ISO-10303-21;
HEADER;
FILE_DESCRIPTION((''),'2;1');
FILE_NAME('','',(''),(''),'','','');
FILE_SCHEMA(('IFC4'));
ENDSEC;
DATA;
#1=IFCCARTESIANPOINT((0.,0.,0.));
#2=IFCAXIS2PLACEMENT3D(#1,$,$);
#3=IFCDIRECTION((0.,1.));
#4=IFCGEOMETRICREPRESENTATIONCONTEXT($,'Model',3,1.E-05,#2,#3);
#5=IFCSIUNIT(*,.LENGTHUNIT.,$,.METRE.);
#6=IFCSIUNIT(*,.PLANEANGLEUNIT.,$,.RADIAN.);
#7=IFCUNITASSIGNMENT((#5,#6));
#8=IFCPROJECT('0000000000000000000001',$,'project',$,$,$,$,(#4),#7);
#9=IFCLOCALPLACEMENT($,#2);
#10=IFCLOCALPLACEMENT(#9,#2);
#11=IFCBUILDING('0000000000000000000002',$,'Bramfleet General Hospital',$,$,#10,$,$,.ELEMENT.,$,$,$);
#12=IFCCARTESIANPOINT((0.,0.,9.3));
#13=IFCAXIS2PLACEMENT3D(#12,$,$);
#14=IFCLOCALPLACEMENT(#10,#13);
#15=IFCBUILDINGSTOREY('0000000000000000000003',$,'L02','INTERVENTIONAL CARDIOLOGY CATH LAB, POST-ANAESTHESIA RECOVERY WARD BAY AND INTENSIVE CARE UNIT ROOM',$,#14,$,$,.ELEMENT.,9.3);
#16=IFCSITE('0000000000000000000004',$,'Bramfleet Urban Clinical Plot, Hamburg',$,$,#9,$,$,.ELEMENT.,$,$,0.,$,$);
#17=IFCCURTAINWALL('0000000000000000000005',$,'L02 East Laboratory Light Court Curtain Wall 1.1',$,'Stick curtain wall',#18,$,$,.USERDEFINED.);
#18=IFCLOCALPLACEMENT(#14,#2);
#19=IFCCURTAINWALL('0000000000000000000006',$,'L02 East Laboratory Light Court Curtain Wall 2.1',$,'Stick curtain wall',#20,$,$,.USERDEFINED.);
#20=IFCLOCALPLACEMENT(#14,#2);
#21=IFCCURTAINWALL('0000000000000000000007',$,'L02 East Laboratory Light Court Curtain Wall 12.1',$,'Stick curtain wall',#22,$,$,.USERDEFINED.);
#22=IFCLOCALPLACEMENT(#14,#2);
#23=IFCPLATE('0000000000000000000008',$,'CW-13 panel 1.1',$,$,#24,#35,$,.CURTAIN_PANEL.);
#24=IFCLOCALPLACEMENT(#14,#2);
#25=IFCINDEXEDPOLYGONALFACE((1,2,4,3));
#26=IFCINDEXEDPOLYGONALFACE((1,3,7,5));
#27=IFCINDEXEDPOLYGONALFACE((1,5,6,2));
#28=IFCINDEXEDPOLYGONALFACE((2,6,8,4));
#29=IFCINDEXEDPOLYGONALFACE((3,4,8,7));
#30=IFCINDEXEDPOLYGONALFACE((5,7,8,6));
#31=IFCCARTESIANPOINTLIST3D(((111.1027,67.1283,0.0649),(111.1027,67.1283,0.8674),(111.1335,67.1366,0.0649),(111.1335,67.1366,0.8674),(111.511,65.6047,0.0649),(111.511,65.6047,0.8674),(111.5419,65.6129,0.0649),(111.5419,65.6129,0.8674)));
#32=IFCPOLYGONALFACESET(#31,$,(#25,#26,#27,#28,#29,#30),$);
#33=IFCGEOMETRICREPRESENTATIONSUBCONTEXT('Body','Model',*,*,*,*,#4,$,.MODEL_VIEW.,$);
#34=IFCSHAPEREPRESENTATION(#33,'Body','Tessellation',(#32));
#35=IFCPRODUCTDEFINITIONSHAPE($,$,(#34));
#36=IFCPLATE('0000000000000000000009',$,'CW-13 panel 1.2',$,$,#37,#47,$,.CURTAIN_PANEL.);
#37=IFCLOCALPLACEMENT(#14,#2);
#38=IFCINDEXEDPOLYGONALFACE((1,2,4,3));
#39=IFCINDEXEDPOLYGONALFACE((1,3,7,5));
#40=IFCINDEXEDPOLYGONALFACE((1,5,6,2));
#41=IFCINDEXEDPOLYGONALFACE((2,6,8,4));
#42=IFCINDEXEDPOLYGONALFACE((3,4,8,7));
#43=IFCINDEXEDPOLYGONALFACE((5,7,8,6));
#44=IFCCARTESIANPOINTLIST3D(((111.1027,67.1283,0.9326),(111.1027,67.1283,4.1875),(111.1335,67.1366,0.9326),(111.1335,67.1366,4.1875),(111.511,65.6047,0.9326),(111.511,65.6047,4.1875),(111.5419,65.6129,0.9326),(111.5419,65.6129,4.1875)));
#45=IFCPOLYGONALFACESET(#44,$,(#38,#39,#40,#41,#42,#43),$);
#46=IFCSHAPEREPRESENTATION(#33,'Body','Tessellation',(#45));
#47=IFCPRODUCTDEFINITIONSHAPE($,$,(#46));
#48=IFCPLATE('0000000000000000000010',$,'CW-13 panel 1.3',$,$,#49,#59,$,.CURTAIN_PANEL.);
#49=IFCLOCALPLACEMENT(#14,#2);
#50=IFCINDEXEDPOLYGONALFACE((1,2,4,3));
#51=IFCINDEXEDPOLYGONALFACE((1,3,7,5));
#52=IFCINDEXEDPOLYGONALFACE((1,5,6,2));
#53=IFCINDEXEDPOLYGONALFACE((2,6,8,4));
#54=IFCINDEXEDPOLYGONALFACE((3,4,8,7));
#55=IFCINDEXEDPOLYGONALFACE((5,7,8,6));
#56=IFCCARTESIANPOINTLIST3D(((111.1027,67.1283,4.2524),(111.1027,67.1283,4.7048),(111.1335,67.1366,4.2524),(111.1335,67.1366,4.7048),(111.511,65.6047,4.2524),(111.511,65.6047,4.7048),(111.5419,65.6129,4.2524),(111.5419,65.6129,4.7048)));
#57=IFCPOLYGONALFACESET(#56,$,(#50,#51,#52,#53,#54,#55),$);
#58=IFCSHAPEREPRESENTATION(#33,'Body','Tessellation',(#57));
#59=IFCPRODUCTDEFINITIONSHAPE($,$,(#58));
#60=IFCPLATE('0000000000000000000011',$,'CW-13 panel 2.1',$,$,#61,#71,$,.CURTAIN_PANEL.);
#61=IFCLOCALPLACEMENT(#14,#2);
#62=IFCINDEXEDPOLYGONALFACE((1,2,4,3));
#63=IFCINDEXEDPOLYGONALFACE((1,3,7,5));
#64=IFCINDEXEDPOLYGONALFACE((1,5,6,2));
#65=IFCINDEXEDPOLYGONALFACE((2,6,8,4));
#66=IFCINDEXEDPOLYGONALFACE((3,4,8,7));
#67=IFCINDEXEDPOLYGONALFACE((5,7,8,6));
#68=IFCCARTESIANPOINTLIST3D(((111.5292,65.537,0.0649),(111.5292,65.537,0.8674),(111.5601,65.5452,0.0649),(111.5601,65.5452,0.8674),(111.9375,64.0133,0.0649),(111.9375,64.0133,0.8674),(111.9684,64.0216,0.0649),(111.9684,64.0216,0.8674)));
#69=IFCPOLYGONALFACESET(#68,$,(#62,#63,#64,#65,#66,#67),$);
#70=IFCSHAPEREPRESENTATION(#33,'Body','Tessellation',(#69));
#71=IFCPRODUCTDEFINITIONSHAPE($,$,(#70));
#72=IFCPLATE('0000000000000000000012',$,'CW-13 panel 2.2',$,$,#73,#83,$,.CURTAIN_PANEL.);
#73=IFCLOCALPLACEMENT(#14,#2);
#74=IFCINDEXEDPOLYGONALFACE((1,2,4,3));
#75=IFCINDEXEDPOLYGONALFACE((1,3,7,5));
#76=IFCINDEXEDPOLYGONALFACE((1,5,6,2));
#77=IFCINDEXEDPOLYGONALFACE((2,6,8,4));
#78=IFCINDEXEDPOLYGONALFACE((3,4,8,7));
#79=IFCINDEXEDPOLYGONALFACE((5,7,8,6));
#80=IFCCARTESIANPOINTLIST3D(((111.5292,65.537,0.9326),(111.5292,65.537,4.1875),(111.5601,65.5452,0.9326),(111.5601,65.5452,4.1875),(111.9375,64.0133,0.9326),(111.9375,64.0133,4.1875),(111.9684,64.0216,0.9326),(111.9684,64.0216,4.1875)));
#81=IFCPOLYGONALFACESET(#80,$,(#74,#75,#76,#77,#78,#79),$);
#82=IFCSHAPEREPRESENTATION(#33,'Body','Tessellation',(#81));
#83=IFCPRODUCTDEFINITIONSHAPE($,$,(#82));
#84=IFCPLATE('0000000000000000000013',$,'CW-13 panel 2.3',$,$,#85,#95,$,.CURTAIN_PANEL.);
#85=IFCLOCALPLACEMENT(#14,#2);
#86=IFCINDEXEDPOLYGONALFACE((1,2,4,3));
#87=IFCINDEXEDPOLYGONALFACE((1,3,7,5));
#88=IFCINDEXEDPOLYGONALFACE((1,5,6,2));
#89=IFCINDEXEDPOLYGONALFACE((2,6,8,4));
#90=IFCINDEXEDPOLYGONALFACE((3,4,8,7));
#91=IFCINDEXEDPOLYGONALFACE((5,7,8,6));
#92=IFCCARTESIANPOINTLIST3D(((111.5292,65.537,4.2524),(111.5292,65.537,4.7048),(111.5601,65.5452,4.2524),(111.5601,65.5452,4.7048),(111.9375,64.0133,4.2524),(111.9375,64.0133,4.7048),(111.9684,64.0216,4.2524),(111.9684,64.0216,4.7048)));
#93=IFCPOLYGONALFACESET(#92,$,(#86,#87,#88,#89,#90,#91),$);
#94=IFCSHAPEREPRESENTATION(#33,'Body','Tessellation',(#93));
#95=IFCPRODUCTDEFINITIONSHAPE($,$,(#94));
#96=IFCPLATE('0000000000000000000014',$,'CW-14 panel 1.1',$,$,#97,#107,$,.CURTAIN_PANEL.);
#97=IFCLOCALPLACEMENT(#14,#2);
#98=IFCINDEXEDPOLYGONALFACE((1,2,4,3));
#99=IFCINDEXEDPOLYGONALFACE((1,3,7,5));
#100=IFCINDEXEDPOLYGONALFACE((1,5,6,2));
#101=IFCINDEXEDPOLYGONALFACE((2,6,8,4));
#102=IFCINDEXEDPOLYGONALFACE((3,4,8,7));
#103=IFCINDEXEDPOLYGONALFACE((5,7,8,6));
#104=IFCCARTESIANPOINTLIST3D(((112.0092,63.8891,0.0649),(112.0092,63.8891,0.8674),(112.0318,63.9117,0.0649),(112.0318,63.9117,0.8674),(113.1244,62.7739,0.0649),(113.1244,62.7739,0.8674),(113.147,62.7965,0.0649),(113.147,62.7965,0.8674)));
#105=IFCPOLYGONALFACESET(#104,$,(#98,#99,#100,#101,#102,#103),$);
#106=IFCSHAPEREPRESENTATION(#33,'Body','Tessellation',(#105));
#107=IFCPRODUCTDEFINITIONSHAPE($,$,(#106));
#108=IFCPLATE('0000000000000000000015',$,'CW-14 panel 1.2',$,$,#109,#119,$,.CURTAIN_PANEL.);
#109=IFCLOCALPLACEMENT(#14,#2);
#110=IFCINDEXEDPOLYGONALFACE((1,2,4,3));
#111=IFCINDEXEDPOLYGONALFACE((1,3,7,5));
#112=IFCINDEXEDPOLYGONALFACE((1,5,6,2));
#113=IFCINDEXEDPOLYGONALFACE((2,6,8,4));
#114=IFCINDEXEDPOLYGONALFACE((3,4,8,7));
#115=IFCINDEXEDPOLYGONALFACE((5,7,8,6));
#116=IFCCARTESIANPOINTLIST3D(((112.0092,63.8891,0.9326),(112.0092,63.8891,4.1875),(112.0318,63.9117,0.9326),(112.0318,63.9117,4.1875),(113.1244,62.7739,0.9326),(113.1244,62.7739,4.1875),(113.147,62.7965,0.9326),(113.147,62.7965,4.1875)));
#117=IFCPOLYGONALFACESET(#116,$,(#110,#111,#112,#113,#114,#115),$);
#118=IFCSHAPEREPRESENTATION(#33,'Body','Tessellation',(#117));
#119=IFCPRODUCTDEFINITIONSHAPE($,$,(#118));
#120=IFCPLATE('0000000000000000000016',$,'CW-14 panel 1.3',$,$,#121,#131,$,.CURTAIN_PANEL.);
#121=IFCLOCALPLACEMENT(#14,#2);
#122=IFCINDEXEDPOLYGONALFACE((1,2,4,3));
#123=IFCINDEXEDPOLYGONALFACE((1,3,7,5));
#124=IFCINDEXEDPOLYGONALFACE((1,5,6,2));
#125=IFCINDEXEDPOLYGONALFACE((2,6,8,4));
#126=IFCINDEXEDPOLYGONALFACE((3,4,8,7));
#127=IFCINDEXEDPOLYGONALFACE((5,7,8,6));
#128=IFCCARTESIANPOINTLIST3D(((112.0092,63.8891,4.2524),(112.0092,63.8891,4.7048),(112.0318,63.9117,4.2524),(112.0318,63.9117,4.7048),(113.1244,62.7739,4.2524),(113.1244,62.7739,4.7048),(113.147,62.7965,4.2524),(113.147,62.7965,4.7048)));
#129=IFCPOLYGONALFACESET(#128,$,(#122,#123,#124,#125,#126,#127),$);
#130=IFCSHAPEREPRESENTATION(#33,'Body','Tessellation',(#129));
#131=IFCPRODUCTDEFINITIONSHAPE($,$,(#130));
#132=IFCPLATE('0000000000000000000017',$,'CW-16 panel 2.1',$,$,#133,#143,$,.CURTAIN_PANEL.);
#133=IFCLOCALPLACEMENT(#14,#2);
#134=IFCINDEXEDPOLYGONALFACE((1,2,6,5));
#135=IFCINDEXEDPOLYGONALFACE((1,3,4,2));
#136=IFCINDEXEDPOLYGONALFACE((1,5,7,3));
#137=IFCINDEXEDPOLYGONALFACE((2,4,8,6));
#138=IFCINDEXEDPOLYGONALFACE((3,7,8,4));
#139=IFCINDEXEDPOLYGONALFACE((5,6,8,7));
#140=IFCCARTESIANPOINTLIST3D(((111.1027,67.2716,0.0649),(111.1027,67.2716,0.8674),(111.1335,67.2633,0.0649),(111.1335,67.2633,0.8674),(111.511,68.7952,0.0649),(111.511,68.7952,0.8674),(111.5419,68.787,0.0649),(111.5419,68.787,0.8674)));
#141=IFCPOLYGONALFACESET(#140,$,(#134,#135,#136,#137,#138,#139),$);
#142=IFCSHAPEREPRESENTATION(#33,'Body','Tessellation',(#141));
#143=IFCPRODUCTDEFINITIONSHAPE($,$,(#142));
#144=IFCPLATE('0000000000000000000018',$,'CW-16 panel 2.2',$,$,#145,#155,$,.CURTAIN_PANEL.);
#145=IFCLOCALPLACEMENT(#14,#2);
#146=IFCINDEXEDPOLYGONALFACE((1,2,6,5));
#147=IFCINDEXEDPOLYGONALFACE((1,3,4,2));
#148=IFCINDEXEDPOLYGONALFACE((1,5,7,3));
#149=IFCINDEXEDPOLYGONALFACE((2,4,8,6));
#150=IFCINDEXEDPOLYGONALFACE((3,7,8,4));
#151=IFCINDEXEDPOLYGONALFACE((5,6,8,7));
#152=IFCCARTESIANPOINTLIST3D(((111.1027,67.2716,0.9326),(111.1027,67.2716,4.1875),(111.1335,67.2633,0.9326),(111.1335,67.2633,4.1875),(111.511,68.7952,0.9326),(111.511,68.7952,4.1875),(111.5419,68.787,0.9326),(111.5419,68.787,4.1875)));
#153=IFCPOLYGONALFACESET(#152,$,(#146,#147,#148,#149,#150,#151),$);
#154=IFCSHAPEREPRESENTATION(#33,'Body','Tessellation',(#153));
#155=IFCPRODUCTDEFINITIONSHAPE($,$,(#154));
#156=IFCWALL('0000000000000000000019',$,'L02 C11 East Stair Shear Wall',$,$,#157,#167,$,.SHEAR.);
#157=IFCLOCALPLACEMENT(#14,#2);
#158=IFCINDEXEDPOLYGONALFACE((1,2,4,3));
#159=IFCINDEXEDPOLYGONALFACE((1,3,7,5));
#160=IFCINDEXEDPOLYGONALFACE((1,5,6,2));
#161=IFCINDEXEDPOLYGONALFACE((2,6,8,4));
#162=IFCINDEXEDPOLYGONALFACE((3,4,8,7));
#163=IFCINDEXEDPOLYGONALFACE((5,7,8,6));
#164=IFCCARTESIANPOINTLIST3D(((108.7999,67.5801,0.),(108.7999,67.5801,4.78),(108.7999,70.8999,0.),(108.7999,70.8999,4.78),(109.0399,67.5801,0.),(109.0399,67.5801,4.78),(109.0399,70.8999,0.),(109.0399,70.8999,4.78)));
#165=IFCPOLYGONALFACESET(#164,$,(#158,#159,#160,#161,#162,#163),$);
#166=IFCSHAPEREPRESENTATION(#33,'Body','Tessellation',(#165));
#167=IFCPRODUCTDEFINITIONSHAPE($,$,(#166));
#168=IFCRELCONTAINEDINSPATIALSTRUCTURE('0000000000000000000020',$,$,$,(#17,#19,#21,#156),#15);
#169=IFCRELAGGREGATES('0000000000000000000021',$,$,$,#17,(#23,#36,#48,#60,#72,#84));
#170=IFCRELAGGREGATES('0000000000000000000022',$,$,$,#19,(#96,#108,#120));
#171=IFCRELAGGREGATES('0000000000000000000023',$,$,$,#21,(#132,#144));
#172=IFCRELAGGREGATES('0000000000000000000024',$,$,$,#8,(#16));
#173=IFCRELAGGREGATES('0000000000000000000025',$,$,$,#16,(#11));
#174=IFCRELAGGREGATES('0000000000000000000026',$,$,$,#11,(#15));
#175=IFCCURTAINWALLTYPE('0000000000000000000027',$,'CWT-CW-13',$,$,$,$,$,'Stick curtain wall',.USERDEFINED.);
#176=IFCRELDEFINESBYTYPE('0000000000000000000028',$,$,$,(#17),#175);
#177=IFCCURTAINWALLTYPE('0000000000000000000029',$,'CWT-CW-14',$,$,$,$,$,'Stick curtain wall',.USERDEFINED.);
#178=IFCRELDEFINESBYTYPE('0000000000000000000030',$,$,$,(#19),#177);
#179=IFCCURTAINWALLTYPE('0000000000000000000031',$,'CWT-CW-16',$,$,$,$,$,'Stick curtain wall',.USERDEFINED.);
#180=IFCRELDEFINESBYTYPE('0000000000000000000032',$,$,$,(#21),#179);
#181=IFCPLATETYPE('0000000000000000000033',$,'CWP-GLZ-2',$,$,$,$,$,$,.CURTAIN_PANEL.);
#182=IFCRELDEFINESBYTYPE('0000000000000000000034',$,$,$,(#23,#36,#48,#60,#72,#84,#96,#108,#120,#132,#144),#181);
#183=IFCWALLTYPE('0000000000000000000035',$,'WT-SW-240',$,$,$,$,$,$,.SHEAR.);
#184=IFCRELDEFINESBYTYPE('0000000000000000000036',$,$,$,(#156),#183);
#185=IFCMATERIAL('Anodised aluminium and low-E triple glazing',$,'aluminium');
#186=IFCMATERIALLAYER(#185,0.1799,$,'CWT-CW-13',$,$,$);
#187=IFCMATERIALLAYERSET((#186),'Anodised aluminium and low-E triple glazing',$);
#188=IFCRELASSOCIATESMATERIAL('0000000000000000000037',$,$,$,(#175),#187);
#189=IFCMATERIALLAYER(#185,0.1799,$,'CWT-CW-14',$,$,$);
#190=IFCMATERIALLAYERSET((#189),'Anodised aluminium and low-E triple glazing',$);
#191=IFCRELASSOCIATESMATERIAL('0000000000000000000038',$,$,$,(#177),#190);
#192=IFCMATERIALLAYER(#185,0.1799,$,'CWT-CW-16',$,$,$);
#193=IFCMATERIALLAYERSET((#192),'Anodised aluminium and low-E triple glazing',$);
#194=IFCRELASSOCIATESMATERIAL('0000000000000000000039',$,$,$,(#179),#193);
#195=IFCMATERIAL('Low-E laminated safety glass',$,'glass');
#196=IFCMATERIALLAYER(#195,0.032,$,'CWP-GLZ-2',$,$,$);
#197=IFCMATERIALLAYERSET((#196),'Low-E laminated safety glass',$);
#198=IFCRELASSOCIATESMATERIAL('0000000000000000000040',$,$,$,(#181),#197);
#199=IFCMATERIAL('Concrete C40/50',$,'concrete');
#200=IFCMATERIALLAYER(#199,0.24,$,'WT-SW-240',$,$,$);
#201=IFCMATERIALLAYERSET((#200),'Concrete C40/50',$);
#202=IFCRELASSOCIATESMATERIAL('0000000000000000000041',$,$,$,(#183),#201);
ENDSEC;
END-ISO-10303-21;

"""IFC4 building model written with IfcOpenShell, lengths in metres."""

from ifc_helpers import new_model, si_unit, direction, frame, frame_2d, origin, origin_2d, place, context, subcontext, project, spatial, rectangle, extrude, material, layer, layer_set, type_object, element, aggregate, save


model = new_model("IFC4")

# Units and contexts
model_context = context("Model", 3, precision=1e-05, world=origin(), true_north=direction((0.0, 1.0)))
body_context = subcontext(model_context, "Body", "Model", "MODEL_VIEW")
ifc_project = project(units=[si_unit("LENGTHUNIT", "METRE"), si_unit("PLANEANGLEUNIT", "RADIAN")], contexts=[model_context])

# Site, building, storey
site_placement = place(None, origin())
site = spatial("IfcSite", under=ifc_project, at=site_placement, Name="Bramfleet Urban Clinical Plot, Hamburg", CompositionType="ELEMENT", RefElevation=0.0)
building_placement = place(site_placement, origin())
building = spatial("IfcBuilding", under=site, at=building_placement, Name="Bramfleet General Hospital", CompositionType="ELEMENT")
storey_placement = place(building_placement, frame((0.0, 0.0, 9.3)))
storey = spatial("IfcBuildingStorey", under=building, at=storey_placement, Name="L02", Description="INTERVENTIONAL CARDIOLOGY CATH LAB, POST-ANAESTHESIA RECOVERY WARD BAY AND INTENSIVE CARE UNIT ROOM", CompositionType="ELEMENT", Elevation=9.3)

# Shared definitions
ifc_material_1 = material(Name="Concrete C40/50", Category="concrete")

# Curtain walls
ifc_material_2 = material(Name="Anodised aluminium and low-E triple glazing", Category="aluminium")
ifc_layer_1 = layer(ifc_material_2, 0.1799, Name="CWT-CW-13")
ifc_layer_set_1 = layer_set([ifc_layer_1], Name="Anodised aluminium and low-E triple glazing")
curtain_wall_type_1 = type_object("IfcCurtainWallType", Name="CWT-CW-13", ElementType="Stick curtain wall", PredefinedType="USERDEFINED", material=ifc_layer_set_1)
curtain_wall_1_placement = place(storey_placement, origin())
curtain_wall_1 = element("IfcCurtainWall", 1, at=curtain_wall_1_placement, inside=storey, type_object=curtain_wall_type_1, Name="L02 East Laboratory Light Court Curtain Wall 1.1", ObjectType="Stick curtain wall", PredefinedType="USERDEFINED")
ifc_layer_2 = layer(ifc_material_2, 0.1799, Name="CWT-CW-14")
ifc_layer_set_2 = layer_set([ifc_layer_2], Name="Anodised aluminium and low-E triple glazing")
curtain_wall_type_2 = type_object("IfcCurtainWallType", Name="CWT-CW-14", ElementType="Stick curtain wall", PredefinedType="USERDEFINED", material=ifc_layer_set_2)
curtain_wall_2_placement = place(storey_placement, origin())
curtain_wall_2 = element("IfcCurtainWall", 2, at=curtain_wall_2_placement, inside=storey, type_object=curtain_wall_type_2, Name="L02 East Laboratory Light Court Curtain Wall 2.1", ObjectType="Stick curtain wall", PredefinedType="USERDEFINED")

# Curtain wall
ifc_layer_3 = layer(ifc_material_2, 0.1799, Name="CWT-CW-16")
ifc_layer_set_3 = layer_set([ifc_layer_3], Name="Anodised aluminium and low-E triple glazing")
curtain_wall_type_3 = type_object("IfcCurtainWallType", Name="CWT-CW-16", ElementType="Stick curtain wall", PredefinedType="USERDEFINED", material=ifc_layer_set_3)
curtain_wall_3_placement = place(storey_placement, origin())
curtain_wall_3 = element("IfcCurtainWall", 3, at=curtain_wall_3_placement, inside=storey, type_object=curtain_wall_type_3, Name="L02 East Laboratory Light Court Curtain Wall 12.1", ObjectType="Stick curtain wall", PredefinedType="USERDEFINED")

# Plates
ifc_material_3 = material(Name="Low-E laminated safety glass", Category="glass")
ifc_layer_4 = layer(ifc_material_3, 0.032, Name="CWP-GLZ-2")
ifc_layer_set_4 = layer_set([ifc_layer_4], Name="Low-E laminated safety glass")
plate_type = type_object("IfcPlateType", Name="CWP-GLZ-2", PredefinedType="CURTAIN_PANEL", material=ifc_layer_set_4)
plate_1_placement = place(storey_placement, frame((111.3223, 66.3706, 0.0649), z_axis=(0.0, 0.0, 1.0), x_axis=(0.258865, -0.965914, 0.0)))
plate_1 = element("IfcPlate", 4, at=plate_1_placement, type_object=plate_type, Name="CW-13 panel 1.1", PredefinedType="CURTAIN_PANEL", context=body_context, shape_type="SweptSolid", body=[
    extrude(rectangle(XDim=1.5774, YDim=0.032, at=origin_2d()), origin(), (0.0, 0.0, 1.0), 0.8025),
])
plate_2_placement = place(storey_placement, frame((111.3223, 66.3706, 0.9326), z_axis=(0.0, 0.0, 1.0), x_axis=(0.258865, -0.965914, 0.0)))
plate_2 = element("IfcPlate", 5, at=plate_2_placement, type_object=plate_type, Name="CW-13 panel 1.2", PredefinedType="CURTAIN_PANEL", context=body_context, shape_type="SweptSolid", body=[
    extrude(rectangle(XDim=1.5774, YDim=0.032, at=origin_2d()), origin(), (0.0, 0.0, 1.0), 3.2549),
])
plate_3_placement = place(storey_placement, frame((111.3223, 66.3706, 4.2524), z_axis=(0.0, 0.0, 1.0), x_axis=(0.258865, -0.965914, 0.0)))
plate_3 = element("IfcPlate", 6, at=plate_3_placement, type_object=plate_type, Name="CW-13 panel 1.3", PredefinedType="CURTAIN_PANEL", context=body_context, shape_type="SweptSolid", body=[
    extrude(rectangle(XDim=1.5774, YDim=0.032, at=origin_2d()), origin(), (0.0, 0.0, 1.0), 0.4524),
])
plate_4_placement = place(storey_placement, frame((111.7488, 64.7793, 0.0649), z_axis=(0.0, 0.0, 1.0), x_axis=(0.258865, -0.965914, 0.0)))
plate_4 = element("IfcPlate", 7, at=plate_4_placement, type_object=plate_type, Name="CW-13 panel 2.1", PredefinedType="CURTAIN_PANEL", context=body_context, shape_type="SweptSolid", body=[
    extrude(rectangle(XDim=1.5774, YDim=0.032, at=origin_2d()), origin(), (0.0, 0.0, 1.0), 0.8025),
])
plate_5_placement = place(storey_placement, frame((111.7488, 64.7793, 0.9326), z_axis=(0.0, 0.0, 1.0), x_axis=(0.258865, -0.965914, 0.0)))
plate_5 = element("IfcPlate", 8, at=plate_5_placement, type_object=plate_type, Name="CW-13 panel 2.2", PredefinedType="CURTAIN_PANEL", context=body_context, shape_type="SweptSolid", body=[
    extrude(rectangle(XDim=1.5774, YDim=0.032, at=origin_2d()), origin(), (0.0, 0.0, 1.0), 3.2549),
])
plate_6_placement = place(storey_placement, frame((111.7488, 64.7793, 4.2524), z_axis=(0.0, 0.0, 1.0), x_axis=(0.258865, -0.965914, 0.0)))
plate_6 = element("IfcPlate", 9, at=plate_6_placement, type_object=plate_type, Name="CW-13 panel 2.3", PredefinedType="CURTAIN_PANEL", context=body_context, shape_type="SweptSolid", body=[
    extrude(rectangle(XDim=1.5774, YDim=0.032, at=origin_2d()), origin(), (0.0, 0.0, 1.0), 0.4524),
])
aggregate(curtain_wall_1, [plate_1, plate_2, plate_3, plate_4, plate_5, plate_6])
plate_7_placement = place(storey_placement, frame((112.5781, 63.3428, 0.0649), z_axis=(0.0, 0.0, 1.0), x_axis=(0.707107, -0.707107, 0.0)))
plate_7 = element("IfcPlate", 10, at=plate_7_placement, type_object=plate_type, Name="CW-14 panel 1.1", PredefinedType="CURTAIN_PANEL", context=body_context, shape_type="SweptSolid", body=[
    extrude(rectangle(XDim=1.5771, YDim=0.032, at=origin_2d()), origin(), (0.0, 0.0, 1.0), 0.8025),
])
plate_8_placement = place(storey_placement, frame((112.5781, 63.3428, 0.9326), z_axis=(0.0, 0.0, 1.0), x_axis=(0.707107, -0.707107, 0.0)))
plate_8 = element("IfcPlate", 11, at=plate_8_placement, type_object=plate_type, Name="CW-14 panel 1.2", PredefinedType="CURTAIN_PANEL", context=body_context, shape_type="SweptSolid", body=[
    extrude(rectangle(XDim=1.5771, YDim=0.032, at=origin_2d()), origin(), (0.0, 0.0, 1.0), 3.2549),
])
plate_9_placement = place(storey_placement, frame((112.5781, 63.3428, 4.2524), z_axis=(0.0, 0.0, 1.0), x_axis=(0.707107, -0.707107, 0.0)))
plate_9 = element("IfcPlate", 12, at=plate_9_placement, type_object=plate_type, Name="CW-14 panel 1.3", PredefinedType="CURTAIN_PANEL", context=body_context, shape_type="SweptSolid", body=[
    extrude(rectangle(XDim=1.5771, YDim=0.032, at=origin_2d()), origin(), (0.0, 0.0, 1.0), 0.4524),
])
aggregate(curtain_wall_2, [plate_7, plate_8, plate_9])
plate_10_placement = place(storey_placement, frame((111.3223, 68.0293, 0.0649), z_axis=(0.0, 0.0, 1.0), x_axis=(-0.258865, -0.965914, 0.0)))
plate_10 = element("IfcPlate", 13, at=plate_10_placement, type_object=plate_type, Name="CW-16 panel 2.1", PredefinedType="CURTAIN_PANEL", context=body_context, shape_type="SweptSolid", body=[
    extrude(rectangle(XDim=1.5774, YDim=0.032, at=origin_2d()), origin(), (0.0, 0.0, 1.0), 0.8025),
])
plate_11_placement = place(storey_placement, frame((111.3223, 68.0293, 0.9326), z_axis=(0.0, 0.0, 1.0), x_axis=(-0.258865, -0.965914, 0.0)))
plate_11 = element("IfcPlate", 14, at=plate_11_placement, type_object=plate_type, Name="CW-16 panel 2.2", PredefinedType="CURTAIN_PANEL", context=body_context, shape_type="SweptSolid", body=[
    extrude(rectangle(XDim=1.5774, YDim=0.032, at=origin_2d()), origin(), (0.0, 0.0, 1.0), 3.2549),
])
aggregate(curtain_wall_3, [plate_10, plate_11])

# Wall
ifc_layer_5 = layer(ifc_material_1, 0.24, Name="WT-SW-240")
ifc_layer_set_5 = layer_set([ifc_layer_5], Name="Concrete C40/50")
wall_type = type_object("IfcWallType", Name="WT-SW-240", PredefinedType="SHEAR", material=ifc_layer_set_5)
wall_placement = place(storey_placement, frame((108.9199, 67.5801, 0.0), z_axis=(0.0, 0.0, 1.0), x_axis=(0.0, 1.0, 0.0)))
element("IfcWall", 15, at=wall_placement, inside=storey, type_object=wall_type, Name="L02 C11 East Stair Shear Wall", PredefinedType="SHEAR", context=body_context, shape_type="SweptSolid", body=[
    extrude(rectangle(XDim=3.3198, YDim=0.24, at=frame_2d((1.6599, 0.0))), origin(), (0.0, 0.0, 1.0), 4.78),
])

save(model, "model.ifc")
